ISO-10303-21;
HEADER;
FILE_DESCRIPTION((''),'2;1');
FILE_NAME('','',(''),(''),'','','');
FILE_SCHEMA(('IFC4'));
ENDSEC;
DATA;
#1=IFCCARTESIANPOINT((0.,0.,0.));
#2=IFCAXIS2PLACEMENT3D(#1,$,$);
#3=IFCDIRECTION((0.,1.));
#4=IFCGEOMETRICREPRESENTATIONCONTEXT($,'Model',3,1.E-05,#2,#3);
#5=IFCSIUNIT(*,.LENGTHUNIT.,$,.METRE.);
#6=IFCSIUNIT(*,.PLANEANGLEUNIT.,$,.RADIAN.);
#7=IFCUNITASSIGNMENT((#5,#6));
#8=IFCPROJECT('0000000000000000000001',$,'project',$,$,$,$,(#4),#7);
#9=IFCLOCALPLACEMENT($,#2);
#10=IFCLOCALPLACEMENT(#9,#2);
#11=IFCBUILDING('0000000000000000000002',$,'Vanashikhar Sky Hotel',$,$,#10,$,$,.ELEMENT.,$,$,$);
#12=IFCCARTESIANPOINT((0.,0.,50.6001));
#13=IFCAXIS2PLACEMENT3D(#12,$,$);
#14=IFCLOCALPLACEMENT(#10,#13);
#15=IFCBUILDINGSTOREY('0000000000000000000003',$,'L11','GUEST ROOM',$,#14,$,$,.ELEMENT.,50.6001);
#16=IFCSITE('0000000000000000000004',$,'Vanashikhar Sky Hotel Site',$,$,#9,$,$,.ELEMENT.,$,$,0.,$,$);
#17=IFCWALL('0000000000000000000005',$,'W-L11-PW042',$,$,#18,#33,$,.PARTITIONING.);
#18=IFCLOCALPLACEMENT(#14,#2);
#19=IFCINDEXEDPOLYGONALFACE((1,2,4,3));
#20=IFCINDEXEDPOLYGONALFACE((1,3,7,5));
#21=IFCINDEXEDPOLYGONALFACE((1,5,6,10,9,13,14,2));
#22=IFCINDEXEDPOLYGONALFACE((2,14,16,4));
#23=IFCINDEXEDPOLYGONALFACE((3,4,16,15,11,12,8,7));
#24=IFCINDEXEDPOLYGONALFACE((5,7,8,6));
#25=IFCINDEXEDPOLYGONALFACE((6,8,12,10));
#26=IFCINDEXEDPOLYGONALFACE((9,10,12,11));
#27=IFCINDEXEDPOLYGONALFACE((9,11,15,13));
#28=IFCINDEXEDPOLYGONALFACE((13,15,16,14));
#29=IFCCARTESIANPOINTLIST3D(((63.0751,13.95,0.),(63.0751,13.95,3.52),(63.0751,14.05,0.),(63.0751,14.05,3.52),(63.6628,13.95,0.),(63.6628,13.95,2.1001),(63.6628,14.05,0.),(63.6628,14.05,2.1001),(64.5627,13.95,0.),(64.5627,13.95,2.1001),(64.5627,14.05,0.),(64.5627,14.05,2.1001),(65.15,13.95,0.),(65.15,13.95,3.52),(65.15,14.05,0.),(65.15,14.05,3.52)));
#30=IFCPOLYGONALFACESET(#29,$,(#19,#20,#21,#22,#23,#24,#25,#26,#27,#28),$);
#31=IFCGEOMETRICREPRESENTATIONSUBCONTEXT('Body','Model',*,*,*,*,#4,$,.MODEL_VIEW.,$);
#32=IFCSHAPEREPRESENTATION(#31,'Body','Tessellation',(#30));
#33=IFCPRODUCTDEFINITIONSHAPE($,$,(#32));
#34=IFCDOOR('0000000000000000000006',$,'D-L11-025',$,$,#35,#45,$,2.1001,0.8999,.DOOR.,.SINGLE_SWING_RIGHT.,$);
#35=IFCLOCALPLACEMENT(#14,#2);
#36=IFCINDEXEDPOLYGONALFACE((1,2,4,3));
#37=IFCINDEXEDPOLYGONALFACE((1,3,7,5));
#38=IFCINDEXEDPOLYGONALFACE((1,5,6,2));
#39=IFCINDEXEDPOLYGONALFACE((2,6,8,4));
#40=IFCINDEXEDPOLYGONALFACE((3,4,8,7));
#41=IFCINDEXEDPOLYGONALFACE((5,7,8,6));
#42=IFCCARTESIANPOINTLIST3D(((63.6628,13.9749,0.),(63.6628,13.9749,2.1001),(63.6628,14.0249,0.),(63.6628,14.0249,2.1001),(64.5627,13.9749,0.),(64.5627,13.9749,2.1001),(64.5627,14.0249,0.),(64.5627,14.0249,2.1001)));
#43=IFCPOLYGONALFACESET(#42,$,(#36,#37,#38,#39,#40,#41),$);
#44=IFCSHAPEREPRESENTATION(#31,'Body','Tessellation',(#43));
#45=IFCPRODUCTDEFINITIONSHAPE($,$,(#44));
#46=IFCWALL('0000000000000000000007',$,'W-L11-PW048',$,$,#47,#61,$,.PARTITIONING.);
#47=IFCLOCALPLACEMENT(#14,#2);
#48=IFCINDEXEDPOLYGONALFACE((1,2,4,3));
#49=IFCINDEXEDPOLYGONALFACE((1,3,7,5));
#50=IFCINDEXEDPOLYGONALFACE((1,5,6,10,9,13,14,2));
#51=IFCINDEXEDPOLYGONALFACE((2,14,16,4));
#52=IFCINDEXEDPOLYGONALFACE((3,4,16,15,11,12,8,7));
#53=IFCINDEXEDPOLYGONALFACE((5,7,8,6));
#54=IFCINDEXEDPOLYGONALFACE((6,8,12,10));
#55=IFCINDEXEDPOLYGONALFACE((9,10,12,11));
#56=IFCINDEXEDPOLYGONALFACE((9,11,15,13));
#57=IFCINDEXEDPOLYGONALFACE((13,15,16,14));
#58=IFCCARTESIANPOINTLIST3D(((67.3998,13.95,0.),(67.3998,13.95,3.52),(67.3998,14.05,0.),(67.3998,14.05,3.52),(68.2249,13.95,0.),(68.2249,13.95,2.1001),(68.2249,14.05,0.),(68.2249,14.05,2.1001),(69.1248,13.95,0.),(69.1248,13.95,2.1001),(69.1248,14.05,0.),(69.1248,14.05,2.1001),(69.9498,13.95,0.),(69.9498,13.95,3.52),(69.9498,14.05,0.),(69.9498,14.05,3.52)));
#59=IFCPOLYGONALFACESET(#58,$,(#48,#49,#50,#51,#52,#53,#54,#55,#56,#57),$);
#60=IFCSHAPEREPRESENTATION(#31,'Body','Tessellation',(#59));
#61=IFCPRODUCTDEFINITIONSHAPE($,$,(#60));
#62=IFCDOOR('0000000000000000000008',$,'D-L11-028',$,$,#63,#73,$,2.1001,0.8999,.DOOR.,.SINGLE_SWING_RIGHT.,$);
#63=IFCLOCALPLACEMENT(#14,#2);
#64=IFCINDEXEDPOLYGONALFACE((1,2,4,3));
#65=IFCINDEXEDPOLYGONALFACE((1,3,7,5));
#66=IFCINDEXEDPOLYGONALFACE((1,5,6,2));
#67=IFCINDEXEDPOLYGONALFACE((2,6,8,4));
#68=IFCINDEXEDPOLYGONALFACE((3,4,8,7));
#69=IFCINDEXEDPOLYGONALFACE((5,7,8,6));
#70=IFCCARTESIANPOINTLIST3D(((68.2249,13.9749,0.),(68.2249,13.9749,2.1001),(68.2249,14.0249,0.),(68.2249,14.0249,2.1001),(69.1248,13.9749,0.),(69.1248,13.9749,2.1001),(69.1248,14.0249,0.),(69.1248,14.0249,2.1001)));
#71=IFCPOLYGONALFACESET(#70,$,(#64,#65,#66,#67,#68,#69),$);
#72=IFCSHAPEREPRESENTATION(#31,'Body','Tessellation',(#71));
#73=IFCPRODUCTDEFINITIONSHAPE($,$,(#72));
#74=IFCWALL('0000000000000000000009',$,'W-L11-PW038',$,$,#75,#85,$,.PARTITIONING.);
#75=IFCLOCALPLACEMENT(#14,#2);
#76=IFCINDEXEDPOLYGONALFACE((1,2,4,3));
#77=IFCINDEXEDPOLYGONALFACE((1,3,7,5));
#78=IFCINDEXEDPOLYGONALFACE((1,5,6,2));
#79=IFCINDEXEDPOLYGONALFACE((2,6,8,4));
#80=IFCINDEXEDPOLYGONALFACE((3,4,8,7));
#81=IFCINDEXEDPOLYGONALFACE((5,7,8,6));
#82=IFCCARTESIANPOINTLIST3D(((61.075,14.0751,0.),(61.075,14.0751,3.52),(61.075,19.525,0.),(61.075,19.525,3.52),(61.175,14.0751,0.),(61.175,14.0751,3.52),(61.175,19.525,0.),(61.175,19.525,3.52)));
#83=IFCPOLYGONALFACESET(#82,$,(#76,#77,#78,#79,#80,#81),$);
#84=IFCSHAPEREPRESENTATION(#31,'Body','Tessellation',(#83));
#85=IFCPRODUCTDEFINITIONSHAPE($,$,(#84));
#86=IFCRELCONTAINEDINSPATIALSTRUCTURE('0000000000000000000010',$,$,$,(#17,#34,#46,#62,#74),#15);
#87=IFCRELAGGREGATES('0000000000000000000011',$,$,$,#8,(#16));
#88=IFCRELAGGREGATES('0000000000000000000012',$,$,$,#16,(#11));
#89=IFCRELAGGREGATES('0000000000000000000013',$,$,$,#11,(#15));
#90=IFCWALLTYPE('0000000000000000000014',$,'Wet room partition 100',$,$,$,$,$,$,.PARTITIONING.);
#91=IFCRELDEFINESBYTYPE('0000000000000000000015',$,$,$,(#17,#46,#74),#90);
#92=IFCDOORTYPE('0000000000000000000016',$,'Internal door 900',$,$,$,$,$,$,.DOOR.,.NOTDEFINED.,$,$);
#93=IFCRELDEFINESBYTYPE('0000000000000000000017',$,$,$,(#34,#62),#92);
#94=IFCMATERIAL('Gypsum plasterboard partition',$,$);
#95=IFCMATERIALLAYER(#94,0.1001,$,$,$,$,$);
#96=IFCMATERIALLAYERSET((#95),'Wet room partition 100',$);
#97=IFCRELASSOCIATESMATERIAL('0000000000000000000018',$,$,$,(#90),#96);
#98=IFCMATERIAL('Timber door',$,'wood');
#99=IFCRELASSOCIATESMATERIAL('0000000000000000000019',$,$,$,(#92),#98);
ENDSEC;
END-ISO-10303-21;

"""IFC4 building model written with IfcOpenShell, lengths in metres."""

from ifc_helpers import new_model, si_unit, direction, frame, frame_2d, origin, place, context, subcontext, project, spatial, rectangle, extrude, source, transform, mapped, material, layer, layer_set, type_object, element, fill, save


model = new_model("IFC4")

# Units and contexts
model_context = context("Model", 3, precision=1e-05, world=origin(), true_north=direction((0.0, 1.0)))
body_context = subcontext(model_context, "Body", "Model", "MODEL_VIEW")
ifc_project = project(units=[si_unit("LENGTHUNIT", "METRE"), si_unit("PLANEANGLEUNIT", "RADIAN")], contexts=[model_context])

# Site, building, storey
site_placement = place(None, origin())
site = spatial("IfcSite", under=ifc_project, at=site_placement, Name="Vanashikhar Sky Hotel Site", CompositionType="ELEMENT", RefElevation=0.0)
building_placement = place(site_placement, origin())
building = spatial("IfcBuilding", under=site, at=building_placement, Name="Vanashikhar Sky Hotel", CompositionType="ELEMENT")
storey_placement = place(building_placement, frame((0.0, 0.0, 50.6001)))
storey = spatial("IfcBuildingStorey", under=building, at=storey_placement, Name="L11", Description="GUEST ROOM", CompositionType="ELEMENT", Elevation=50.6001)

# Shared definitions
ifc_material_1 = material(Name="Gypsum plasterboard partition")

# Walls, openings, doors
ifc_layer_1 = layer(ifc_material_1, 0.1001)
ifc_layer_set_1 = layer_set([ifc_layer_1], Name="Wet room partition 100")
wall_type_1 = type_object("IfcWallType", Name="Wet room partition 100", PredefinedType="PARTITIONING", material=ifc_layer_set_1)
shared_shape_1 = source(origin(), body_context, "Body", "SweptSolid", [
    extrude(rectangle(XDim=0.8999, YDim=2.1001, at=frame_2d((0.45, 1.05))), frame((0.0, 0.0601, 0.0), z_axis=(0.0, -1.0, 0.0), x_axis=(1.0, 0.0, 0.0)), (0.0, 0.0, 1.0), 0.1201),
])
ifc_material_2 = material(Name="Timber door", Category="wood")
door_type_1 = type_object("IfcDoorType", Name="Internal door 900", OperationType="NOTDEFINED", PredefinedType="DOOR", material=ifc_material_2)
shared_shape_2 = source(origin(), body_context, "Body", "SweptSolid", [
    extrude(rectangle(XDim=0.8999, YDim=2.1001, at=frame_2d((0.45, 1.05))), frame((0.0, 0.0249, 0.0), z_axis=(0.0, -1.0, 0.0), x_axis=(1.0, 0.0, 0.0)), (0.0, 0.0, 1.0), 0.05),
])
shared_shape_3 = source(origin(), body_context, "Body", "SweptSolid", [
    extrude(rectangle(XDim=2.075, YDim=0.1001, at=frame_2d((1.0376, 0.0))), origin(), (0.0, 0.0, 1.0), 3.52),
])
wall_1_placement = place(storey_placement, frame((63.075, 14.0, 0.0), z_axis=(0.0, 0.0, 1.0), x_axis=(1.0, 0.0, 0.0)))
wall_1 = element("IfcWall", 1, at=wall_1_placement, inside=storey, type_object=wall_type_1, Name="W-L11-PW042", PredefinedType="PARTITIONING", context=body_context, shape_type="MappedRepresentation", body=[
    mapped(shared_shape_3, transform((0.0, 0.0, 0.0), scale=1.0)),
])
opening_1_placement = place(wall_1_placement, frame((0.5879, 0.0, 0.0)))
opening_1 = element("IfcOpeningElement", 2, at=opening_1_placement, cuts=wall_1, PredefinedType="OPENING", context=body_context, shape_type="MappedRepresentation", body=[
    mapped(shared_shape_1, transform((0.0, 0.0, 0.0), scale=1.0)),
])
door_1_placement = place(opening_1_placement, origin())
door_1 = element("IfcDoor", 3, at=door_1_placement, inside=storey, type_object=door_type_1, Name="D-L11-025", OperationType="SINGLE_SWING_RIGHT", OverallHeight=2.1001, OverallWidth=0.8999, PredefinedType="DOOR", context=body_context, shape_type="MappedRepresentation", body=[
    mapped(shared_shape_2, transform((0.0, 0.0, 0.0), scale=1.0)),
])
fill(opening_1, door_1)
shared_shape_4 = source(origin(), body_context, "Body", "SweptSolid", [
    extrude(rectangle(XDim=2.55, YDim=0.1001, at=frame_2d((1.2749, 0.0))), origin(), (0.0, 0.0, 1.0), 3.52),
])
wall_2_placement = place(storey_placement, frame((67.3999, 14.0, 0.0), z_axis=(0.0, 0.0, 1.0), x_axis=(1.0, 0.0, 0.0)))
wall_2 = element("IfcWall", 4, at=wall_2_placement, inside=storey, type_object=wall_type_1, Name="W-L11-PW048", PredefinedType="PARTITIONING", context=body_context, shape_type="MappedRepresentation", body=[
    mapped(shared_shape_4, transform((0.0, 0.0, 0.0), scale=1.0)),
])
opening_2_placement = place(wall_2_placement, frame((0.825, 0.0, 0.0)))
opening_2 = element("IfcOpeningElement", 5, at=opening_2_placement, cuts=wall_2, PredefinedType="OPENING", context=body_context, shape_type="MappedRepresentation", body=[
    mapped(shared_shape_1, transform((0.0, 0.0, 0.0), scale=1.0)),
])
door_2_placement = place(opening_2_placement, origin())
door_2 = element("IfcDoor", 6, at=door_2_placement, inside=storey, type_object=door_type_1, Name="D-L11-028", OperationType="SINGLE_SWING_RIGHT", OverallHeight=2.1001, OverallWidth=0.8999, PredefinedType="DOOR", context=body_context, shape_type="MappedRepresentation", body=[
    mapped(shared_shape_2, transform((0.0, 0.0, 0.0), scale=1.0)),
])
fill(opening_2, door_2)

# Wall
shared_shape_5 = source(origin(), body_context, "Body", "SweptSolid", [
    extrude(rectangle(XDim=5.45, YDim=0.1001, at=frame_2d((2.7251, 0.0))), origin(), (0.0, 0.0, 1.0), 3.52),
])
wall_3_placement = place(storey_placement, frame((61.125, 14.075, 0.0), z_axis=(0.0, 0.0, 1.0), x_axis=(0.0, 1.0, 0.0)))
element("IfcWall", 7, at=wall_3_placement, inside=storey, type_object=wall_type_1, Name="W-L11-PW038", PredefinedType="PARTITIONING", context=body_context, shape_type="MappedRepresentation", body=[
    mapped(shared_shape_5, transform((0.0, 0.0, 0.0), scale=1.0)),
])

save(model, "model.ifc")
